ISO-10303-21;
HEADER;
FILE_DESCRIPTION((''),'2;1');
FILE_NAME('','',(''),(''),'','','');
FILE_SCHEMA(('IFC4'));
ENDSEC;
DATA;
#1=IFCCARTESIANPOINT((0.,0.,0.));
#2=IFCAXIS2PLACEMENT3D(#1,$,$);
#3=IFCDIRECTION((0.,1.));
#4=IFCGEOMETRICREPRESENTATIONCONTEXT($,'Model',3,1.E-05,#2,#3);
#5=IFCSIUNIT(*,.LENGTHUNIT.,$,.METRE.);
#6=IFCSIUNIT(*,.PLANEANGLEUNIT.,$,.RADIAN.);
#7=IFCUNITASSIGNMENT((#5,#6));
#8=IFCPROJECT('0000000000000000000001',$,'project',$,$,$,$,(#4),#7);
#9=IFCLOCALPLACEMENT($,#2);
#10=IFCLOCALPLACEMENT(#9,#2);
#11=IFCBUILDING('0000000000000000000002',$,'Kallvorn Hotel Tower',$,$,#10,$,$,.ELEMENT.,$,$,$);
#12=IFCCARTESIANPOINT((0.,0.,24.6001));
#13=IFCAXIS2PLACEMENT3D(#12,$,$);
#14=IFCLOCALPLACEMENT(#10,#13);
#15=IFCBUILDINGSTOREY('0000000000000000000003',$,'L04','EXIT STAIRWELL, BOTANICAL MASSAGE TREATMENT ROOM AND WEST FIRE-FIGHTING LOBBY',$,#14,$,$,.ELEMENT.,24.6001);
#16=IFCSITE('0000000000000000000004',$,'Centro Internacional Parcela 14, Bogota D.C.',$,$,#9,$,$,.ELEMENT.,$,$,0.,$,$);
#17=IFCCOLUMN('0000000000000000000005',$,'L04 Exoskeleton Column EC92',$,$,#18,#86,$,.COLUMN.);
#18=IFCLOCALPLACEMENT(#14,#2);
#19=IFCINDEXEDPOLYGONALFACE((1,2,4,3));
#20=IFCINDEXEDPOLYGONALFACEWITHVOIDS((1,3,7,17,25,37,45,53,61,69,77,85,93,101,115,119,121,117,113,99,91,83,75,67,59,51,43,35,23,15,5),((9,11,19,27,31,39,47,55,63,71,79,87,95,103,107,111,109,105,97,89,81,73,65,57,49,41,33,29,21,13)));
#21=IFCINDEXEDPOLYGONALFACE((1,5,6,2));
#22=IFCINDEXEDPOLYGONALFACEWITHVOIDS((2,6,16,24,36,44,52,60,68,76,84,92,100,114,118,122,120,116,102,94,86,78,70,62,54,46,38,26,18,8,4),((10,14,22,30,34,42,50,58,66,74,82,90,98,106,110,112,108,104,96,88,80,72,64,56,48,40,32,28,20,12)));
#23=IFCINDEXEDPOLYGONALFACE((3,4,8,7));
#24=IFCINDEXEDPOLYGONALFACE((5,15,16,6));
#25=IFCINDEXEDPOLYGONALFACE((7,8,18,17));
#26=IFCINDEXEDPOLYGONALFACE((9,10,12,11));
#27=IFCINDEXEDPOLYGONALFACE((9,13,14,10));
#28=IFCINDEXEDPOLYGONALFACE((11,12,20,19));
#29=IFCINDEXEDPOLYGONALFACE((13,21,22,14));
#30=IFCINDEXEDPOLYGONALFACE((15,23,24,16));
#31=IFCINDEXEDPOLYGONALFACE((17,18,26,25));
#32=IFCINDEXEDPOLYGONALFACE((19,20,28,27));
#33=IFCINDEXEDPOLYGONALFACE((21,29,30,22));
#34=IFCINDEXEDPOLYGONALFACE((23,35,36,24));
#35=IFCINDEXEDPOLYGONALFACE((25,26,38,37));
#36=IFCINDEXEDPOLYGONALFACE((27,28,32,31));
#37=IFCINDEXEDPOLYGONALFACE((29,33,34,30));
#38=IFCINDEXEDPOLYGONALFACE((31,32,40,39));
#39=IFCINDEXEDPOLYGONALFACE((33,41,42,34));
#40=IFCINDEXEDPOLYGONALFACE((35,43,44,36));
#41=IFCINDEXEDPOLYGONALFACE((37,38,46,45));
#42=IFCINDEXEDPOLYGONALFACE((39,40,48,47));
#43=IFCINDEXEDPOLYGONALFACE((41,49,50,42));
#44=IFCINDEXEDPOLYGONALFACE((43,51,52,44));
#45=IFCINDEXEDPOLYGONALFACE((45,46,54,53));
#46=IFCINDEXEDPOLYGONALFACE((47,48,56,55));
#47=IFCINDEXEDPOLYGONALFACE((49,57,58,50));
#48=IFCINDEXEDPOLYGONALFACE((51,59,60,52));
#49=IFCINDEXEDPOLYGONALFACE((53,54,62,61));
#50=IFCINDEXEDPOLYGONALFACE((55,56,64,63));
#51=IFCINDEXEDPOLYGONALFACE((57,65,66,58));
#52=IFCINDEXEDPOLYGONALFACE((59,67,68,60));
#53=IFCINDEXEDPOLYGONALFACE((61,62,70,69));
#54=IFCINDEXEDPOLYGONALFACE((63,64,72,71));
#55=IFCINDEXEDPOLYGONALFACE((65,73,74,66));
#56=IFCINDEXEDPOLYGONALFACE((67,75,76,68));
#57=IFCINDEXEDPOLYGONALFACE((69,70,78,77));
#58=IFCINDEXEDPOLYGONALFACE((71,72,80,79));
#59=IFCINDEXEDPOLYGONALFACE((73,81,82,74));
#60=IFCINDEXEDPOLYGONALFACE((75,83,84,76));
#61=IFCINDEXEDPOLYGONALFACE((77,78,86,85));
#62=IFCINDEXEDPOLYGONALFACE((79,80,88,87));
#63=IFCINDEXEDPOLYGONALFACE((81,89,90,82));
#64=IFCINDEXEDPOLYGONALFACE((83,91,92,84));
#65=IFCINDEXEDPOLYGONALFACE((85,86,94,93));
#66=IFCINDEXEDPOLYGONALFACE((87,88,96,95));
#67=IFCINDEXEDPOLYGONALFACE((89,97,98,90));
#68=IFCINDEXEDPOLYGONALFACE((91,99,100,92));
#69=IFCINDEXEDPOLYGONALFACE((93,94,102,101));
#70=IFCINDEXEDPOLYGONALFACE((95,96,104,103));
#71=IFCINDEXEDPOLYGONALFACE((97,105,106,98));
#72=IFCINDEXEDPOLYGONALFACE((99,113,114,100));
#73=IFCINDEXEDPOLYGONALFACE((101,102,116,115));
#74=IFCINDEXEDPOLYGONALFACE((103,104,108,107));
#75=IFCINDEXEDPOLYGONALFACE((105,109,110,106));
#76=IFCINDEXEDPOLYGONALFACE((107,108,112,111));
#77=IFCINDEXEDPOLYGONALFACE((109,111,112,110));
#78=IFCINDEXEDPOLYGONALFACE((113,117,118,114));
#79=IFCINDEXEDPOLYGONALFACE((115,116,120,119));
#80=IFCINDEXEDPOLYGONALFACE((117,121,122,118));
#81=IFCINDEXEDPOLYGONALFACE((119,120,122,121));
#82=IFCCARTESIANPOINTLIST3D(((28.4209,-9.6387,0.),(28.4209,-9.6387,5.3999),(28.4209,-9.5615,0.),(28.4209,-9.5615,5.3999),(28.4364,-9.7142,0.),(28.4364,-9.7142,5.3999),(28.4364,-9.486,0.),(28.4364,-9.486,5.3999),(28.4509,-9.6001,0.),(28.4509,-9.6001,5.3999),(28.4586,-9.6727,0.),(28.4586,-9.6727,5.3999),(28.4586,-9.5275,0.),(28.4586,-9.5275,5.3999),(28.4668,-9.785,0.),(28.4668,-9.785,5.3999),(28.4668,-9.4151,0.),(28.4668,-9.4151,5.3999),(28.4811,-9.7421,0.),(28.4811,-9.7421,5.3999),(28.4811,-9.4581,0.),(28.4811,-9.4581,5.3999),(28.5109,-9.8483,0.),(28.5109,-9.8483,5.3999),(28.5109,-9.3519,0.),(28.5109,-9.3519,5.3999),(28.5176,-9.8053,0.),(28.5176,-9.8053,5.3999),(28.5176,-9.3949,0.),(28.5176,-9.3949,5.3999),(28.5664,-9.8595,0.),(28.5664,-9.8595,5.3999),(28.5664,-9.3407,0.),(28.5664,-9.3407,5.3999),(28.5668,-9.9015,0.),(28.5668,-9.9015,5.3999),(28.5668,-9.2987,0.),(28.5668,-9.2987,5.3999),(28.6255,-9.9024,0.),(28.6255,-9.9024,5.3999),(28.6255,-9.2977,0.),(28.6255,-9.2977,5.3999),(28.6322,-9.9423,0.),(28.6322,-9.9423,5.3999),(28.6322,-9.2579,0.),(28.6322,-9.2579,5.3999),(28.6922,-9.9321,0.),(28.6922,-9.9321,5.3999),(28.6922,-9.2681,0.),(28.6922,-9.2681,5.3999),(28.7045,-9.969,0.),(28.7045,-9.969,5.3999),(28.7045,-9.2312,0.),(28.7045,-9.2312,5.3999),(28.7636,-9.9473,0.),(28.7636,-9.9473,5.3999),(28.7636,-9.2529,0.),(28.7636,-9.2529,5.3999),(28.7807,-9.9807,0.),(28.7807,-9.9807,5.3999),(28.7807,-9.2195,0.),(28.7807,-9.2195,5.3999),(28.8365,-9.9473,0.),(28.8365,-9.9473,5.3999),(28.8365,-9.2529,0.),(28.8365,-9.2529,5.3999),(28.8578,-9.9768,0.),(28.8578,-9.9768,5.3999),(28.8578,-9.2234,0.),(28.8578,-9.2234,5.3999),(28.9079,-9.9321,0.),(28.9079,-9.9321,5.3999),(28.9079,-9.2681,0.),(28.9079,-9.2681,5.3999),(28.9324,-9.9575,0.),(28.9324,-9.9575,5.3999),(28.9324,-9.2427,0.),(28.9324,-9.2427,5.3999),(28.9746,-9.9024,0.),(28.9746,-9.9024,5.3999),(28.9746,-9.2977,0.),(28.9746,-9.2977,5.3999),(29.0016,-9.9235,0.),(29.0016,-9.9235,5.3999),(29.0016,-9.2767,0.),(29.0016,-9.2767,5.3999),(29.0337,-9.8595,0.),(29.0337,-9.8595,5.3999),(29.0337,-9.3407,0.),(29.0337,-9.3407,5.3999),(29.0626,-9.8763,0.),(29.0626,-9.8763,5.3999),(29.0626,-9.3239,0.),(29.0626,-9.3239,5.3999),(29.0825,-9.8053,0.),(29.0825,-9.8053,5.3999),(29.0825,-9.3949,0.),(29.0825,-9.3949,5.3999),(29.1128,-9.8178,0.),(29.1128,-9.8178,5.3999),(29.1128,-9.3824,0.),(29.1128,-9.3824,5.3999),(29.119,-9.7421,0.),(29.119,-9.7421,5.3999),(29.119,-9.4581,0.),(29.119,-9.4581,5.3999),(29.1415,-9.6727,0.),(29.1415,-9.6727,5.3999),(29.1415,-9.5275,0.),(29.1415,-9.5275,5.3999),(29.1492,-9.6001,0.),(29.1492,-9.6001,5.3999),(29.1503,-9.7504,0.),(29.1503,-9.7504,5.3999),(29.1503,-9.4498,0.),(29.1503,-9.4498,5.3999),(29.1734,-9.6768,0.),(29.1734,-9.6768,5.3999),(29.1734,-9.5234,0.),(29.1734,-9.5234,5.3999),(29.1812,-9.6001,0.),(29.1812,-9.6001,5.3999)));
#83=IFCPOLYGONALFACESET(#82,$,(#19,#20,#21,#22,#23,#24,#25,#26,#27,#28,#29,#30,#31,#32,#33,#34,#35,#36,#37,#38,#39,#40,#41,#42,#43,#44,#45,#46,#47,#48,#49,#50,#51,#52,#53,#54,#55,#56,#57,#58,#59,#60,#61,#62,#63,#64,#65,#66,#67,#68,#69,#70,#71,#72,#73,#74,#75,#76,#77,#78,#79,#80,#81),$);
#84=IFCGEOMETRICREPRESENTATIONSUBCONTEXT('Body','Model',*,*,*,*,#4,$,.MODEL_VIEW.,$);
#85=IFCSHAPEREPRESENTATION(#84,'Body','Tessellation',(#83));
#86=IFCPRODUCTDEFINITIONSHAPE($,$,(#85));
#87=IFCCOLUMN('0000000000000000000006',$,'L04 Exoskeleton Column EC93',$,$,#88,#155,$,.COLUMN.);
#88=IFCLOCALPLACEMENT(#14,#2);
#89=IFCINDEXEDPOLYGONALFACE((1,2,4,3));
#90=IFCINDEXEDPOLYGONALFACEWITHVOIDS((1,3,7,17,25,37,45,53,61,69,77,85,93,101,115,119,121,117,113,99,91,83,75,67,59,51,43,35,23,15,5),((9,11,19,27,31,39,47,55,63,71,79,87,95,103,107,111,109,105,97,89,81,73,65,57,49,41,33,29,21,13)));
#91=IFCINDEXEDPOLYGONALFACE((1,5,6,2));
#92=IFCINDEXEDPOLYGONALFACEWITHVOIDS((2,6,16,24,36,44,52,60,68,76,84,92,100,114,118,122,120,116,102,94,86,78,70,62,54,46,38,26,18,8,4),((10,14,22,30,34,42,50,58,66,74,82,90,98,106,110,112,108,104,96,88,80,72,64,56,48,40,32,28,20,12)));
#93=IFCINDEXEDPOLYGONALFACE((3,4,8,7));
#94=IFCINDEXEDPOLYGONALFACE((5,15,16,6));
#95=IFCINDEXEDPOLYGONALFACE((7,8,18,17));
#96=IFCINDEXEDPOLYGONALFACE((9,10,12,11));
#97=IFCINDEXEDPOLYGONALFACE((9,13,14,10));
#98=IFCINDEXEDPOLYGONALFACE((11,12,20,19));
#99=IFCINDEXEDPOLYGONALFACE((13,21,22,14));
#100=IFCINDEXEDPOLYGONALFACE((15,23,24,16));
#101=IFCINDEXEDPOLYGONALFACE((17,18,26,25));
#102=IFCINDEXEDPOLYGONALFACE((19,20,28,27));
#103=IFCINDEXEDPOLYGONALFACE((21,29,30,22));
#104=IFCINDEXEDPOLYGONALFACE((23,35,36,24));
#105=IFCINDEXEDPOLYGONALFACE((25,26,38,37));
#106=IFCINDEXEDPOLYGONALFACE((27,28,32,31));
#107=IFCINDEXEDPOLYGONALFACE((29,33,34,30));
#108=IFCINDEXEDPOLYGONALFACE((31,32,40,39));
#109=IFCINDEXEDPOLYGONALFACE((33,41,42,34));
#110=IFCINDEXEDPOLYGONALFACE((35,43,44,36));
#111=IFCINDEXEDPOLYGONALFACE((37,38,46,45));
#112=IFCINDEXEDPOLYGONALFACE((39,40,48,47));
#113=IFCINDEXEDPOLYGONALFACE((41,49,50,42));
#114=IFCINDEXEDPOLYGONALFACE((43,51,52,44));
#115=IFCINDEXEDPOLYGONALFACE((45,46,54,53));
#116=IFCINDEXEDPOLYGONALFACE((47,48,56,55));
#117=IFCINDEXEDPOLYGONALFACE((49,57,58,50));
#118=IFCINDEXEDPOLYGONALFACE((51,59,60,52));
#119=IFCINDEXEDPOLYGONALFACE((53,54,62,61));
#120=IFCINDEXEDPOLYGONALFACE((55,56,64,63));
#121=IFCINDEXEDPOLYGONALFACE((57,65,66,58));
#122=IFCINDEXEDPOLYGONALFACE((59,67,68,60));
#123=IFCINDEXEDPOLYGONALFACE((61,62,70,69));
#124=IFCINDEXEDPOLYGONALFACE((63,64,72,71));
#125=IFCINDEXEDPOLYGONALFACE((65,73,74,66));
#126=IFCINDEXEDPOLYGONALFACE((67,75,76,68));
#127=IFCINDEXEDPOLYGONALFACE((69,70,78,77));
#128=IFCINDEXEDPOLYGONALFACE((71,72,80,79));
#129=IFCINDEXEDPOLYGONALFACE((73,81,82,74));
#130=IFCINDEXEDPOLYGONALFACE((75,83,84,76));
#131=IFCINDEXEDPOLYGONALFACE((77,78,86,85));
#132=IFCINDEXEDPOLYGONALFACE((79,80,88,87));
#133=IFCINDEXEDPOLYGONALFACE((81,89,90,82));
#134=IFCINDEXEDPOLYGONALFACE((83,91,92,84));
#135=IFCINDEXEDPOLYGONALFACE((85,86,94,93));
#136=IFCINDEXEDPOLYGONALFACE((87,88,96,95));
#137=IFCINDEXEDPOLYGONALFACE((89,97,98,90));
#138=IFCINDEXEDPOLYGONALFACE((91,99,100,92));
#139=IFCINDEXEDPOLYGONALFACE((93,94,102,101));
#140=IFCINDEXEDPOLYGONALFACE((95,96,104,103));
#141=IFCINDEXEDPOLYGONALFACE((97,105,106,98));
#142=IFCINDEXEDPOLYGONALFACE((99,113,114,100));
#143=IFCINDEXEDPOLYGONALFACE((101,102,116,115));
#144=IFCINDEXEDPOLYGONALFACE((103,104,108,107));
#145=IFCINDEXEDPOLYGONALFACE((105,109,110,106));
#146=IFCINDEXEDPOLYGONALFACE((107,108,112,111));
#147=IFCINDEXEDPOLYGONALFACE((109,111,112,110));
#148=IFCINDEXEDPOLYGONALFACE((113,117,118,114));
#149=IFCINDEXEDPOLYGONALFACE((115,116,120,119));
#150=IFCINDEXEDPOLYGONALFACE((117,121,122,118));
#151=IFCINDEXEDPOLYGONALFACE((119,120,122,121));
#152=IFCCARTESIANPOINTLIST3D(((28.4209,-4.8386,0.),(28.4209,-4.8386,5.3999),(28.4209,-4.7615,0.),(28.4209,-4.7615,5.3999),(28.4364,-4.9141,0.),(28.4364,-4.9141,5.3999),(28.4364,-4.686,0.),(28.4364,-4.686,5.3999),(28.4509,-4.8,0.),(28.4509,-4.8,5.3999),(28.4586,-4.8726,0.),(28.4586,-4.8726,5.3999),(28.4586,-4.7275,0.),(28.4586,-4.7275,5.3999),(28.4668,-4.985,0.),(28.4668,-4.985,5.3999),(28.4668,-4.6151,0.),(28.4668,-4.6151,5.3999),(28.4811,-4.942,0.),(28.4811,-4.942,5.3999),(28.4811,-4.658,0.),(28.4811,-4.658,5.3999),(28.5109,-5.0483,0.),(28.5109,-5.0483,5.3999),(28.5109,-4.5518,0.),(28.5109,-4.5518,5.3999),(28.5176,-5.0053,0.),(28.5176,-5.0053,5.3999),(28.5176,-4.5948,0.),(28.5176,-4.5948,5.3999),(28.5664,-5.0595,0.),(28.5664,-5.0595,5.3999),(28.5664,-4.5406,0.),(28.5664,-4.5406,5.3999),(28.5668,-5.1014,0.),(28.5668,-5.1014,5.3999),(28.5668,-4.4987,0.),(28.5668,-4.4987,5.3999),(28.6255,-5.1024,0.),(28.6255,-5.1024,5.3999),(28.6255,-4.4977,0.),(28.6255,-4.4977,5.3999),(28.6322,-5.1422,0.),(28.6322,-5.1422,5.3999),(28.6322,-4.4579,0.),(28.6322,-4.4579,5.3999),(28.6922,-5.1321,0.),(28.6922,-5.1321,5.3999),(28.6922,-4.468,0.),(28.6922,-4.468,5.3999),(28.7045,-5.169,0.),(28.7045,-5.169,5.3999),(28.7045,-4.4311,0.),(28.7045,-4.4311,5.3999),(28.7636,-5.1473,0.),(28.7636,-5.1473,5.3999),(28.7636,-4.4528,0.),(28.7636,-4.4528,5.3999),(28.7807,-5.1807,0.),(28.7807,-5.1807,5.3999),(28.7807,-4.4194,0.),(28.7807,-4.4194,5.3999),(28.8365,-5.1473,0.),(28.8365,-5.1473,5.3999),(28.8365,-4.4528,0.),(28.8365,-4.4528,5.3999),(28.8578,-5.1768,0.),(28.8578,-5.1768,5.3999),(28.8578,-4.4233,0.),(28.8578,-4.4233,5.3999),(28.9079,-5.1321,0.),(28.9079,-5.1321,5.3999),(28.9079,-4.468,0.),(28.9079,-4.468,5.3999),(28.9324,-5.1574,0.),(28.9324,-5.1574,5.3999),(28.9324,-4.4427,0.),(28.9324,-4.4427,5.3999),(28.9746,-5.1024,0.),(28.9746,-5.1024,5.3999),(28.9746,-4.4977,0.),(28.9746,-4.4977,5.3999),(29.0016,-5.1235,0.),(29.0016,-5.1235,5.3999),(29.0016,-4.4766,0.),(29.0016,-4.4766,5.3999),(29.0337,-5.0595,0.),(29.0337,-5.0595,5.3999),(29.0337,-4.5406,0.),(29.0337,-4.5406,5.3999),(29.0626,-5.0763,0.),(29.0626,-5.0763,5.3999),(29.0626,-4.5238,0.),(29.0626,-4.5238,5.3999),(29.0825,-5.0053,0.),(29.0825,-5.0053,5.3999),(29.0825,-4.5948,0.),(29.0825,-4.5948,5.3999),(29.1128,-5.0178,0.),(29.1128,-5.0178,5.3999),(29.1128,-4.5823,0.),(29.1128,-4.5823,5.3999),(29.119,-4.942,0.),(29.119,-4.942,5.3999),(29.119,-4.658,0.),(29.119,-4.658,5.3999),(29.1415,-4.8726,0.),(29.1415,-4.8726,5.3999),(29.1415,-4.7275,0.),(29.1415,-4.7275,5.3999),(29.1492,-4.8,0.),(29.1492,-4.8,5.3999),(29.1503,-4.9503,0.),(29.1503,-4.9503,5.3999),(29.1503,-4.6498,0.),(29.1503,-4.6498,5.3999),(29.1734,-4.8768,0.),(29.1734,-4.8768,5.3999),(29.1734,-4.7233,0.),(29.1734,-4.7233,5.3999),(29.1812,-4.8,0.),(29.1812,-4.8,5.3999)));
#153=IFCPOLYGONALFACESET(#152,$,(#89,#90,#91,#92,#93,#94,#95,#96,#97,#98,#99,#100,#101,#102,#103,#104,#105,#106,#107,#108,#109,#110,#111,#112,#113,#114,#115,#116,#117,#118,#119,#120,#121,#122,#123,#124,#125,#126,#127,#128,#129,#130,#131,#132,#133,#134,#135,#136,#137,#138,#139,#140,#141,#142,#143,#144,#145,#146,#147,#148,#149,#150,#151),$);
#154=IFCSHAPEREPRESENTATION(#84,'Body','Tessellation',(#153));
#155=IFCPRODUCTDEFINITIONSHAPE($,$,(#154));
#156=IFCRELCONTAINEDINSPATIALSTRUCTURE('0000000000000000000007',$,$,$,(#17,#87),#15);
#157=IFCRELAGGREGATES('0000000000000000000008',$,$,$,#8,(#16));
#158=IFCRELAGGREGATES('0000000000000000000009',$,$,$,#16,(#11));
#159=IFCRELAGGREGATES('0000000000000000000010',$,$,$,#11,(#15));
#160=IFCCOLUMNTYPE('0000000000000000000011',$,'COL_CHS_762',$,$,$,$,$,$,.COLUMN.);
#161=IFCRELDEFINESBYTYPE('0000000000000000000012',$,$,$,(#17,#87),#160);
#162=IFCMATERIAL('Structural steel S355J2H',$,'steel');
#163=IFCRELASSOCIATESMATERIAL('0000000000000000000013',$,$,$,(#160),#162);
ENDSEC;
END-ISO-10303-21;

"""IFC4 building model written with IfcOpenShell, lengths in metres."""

from ifc_helpers import new_model, si_unit, direction, frame, origin, origin_2d, place, context, subcontext, project, spatial, hollow_circle, extrude, material, material_profile, profile_set, type_object, element, save


model = new_model("IFC4")

# Units and contexts
model_context = context("Model", 3, precision=1e-05, world=origin(), true_north=direction((0.0, 1.0)))
body_context = subcontext(model_context, "Body", "Model", "MODEL_VIEW")
ifc_project = project(units=[si_unit("LENGTHUNIT", "METRE"), si_unit("PLANEANGLEUNIT", "RADIAN")], contexts=[model_context])

# Site, building, storey
site_placement = place(None, origin())
site = spatial("IfcSite", under=ifc_project, at=site_placement, Name="Centro Internacional Parcela 14, Bogota D.C.", CompositionType="ELEMENT", RefElevation=0.0)
building_placement = place(site_placement, origin())
building = spatial("IfcBuilding", under=site, at=building_placement, Name="Kallvorn Hotel Tower", CompositionType="ELEMENT")
storey_placement = place(building_placement, frame((0.0, 0.0, 24.6001)))
storey = spatial("IfcBuildingStorey", under=building, at=storey_placement, Name="L04", Description="EXIT STAIRWELL, BOTANICAL MASSAGE TREATMENT ROOM AND WEST FIRE-FIGHTING LOBBY", CompositionType="ELEMENT", Elevation=24.6001)

# Columns
ifc_material_1 = material(Name="Structural steel S355J2H", Category="steel")
ifc_material_profile_1 = material_profile(ifc_material_1, hollow_circle(Radius=0.3811, WallThickness=0.032, at=origin_2d()), Name="CHS 762x32")
ifc_profile_set_1 = profile_set([ifc_material_profile_1], Name="Structural steel S355J2H")
column_type_1 = type_object("IfcColumnType", Name="COL_CHS_762", PredefinedType="COLUMN", material=ifc_profile_set_1)
for number, where, z_axis, x_axis, name in (
    (1, (28.8, -9.6001, 0.0), (0.0, 0.0, 1.0), (1.0, 0.0, 0.0), "L04 Exoskeleton Column EC92"),
    (2, (28.8, -4.8, 0.0), (0.0, 0.0, 1.0), (1.0, 0.0, 0.0), "L04 Exoskeleton Column EC93"),
):
    element("IfcColumn", number, at=place(storey_placement, frame(where, z_axis=z_axis, x_axis=x_axis)), inside=storey, type_object=column_type_1, Name=name, PredefinedType="COLUMN", context=body_context, shape_type="SweptSolid", body=[
        extrude(hollow_circle(Radius=0.3811, WallThickness=0.032, at=origin_2d()), origin(), (0.0, 0.0, 1.0), 5.3999),
    ])

save(model, "model.ifc")
